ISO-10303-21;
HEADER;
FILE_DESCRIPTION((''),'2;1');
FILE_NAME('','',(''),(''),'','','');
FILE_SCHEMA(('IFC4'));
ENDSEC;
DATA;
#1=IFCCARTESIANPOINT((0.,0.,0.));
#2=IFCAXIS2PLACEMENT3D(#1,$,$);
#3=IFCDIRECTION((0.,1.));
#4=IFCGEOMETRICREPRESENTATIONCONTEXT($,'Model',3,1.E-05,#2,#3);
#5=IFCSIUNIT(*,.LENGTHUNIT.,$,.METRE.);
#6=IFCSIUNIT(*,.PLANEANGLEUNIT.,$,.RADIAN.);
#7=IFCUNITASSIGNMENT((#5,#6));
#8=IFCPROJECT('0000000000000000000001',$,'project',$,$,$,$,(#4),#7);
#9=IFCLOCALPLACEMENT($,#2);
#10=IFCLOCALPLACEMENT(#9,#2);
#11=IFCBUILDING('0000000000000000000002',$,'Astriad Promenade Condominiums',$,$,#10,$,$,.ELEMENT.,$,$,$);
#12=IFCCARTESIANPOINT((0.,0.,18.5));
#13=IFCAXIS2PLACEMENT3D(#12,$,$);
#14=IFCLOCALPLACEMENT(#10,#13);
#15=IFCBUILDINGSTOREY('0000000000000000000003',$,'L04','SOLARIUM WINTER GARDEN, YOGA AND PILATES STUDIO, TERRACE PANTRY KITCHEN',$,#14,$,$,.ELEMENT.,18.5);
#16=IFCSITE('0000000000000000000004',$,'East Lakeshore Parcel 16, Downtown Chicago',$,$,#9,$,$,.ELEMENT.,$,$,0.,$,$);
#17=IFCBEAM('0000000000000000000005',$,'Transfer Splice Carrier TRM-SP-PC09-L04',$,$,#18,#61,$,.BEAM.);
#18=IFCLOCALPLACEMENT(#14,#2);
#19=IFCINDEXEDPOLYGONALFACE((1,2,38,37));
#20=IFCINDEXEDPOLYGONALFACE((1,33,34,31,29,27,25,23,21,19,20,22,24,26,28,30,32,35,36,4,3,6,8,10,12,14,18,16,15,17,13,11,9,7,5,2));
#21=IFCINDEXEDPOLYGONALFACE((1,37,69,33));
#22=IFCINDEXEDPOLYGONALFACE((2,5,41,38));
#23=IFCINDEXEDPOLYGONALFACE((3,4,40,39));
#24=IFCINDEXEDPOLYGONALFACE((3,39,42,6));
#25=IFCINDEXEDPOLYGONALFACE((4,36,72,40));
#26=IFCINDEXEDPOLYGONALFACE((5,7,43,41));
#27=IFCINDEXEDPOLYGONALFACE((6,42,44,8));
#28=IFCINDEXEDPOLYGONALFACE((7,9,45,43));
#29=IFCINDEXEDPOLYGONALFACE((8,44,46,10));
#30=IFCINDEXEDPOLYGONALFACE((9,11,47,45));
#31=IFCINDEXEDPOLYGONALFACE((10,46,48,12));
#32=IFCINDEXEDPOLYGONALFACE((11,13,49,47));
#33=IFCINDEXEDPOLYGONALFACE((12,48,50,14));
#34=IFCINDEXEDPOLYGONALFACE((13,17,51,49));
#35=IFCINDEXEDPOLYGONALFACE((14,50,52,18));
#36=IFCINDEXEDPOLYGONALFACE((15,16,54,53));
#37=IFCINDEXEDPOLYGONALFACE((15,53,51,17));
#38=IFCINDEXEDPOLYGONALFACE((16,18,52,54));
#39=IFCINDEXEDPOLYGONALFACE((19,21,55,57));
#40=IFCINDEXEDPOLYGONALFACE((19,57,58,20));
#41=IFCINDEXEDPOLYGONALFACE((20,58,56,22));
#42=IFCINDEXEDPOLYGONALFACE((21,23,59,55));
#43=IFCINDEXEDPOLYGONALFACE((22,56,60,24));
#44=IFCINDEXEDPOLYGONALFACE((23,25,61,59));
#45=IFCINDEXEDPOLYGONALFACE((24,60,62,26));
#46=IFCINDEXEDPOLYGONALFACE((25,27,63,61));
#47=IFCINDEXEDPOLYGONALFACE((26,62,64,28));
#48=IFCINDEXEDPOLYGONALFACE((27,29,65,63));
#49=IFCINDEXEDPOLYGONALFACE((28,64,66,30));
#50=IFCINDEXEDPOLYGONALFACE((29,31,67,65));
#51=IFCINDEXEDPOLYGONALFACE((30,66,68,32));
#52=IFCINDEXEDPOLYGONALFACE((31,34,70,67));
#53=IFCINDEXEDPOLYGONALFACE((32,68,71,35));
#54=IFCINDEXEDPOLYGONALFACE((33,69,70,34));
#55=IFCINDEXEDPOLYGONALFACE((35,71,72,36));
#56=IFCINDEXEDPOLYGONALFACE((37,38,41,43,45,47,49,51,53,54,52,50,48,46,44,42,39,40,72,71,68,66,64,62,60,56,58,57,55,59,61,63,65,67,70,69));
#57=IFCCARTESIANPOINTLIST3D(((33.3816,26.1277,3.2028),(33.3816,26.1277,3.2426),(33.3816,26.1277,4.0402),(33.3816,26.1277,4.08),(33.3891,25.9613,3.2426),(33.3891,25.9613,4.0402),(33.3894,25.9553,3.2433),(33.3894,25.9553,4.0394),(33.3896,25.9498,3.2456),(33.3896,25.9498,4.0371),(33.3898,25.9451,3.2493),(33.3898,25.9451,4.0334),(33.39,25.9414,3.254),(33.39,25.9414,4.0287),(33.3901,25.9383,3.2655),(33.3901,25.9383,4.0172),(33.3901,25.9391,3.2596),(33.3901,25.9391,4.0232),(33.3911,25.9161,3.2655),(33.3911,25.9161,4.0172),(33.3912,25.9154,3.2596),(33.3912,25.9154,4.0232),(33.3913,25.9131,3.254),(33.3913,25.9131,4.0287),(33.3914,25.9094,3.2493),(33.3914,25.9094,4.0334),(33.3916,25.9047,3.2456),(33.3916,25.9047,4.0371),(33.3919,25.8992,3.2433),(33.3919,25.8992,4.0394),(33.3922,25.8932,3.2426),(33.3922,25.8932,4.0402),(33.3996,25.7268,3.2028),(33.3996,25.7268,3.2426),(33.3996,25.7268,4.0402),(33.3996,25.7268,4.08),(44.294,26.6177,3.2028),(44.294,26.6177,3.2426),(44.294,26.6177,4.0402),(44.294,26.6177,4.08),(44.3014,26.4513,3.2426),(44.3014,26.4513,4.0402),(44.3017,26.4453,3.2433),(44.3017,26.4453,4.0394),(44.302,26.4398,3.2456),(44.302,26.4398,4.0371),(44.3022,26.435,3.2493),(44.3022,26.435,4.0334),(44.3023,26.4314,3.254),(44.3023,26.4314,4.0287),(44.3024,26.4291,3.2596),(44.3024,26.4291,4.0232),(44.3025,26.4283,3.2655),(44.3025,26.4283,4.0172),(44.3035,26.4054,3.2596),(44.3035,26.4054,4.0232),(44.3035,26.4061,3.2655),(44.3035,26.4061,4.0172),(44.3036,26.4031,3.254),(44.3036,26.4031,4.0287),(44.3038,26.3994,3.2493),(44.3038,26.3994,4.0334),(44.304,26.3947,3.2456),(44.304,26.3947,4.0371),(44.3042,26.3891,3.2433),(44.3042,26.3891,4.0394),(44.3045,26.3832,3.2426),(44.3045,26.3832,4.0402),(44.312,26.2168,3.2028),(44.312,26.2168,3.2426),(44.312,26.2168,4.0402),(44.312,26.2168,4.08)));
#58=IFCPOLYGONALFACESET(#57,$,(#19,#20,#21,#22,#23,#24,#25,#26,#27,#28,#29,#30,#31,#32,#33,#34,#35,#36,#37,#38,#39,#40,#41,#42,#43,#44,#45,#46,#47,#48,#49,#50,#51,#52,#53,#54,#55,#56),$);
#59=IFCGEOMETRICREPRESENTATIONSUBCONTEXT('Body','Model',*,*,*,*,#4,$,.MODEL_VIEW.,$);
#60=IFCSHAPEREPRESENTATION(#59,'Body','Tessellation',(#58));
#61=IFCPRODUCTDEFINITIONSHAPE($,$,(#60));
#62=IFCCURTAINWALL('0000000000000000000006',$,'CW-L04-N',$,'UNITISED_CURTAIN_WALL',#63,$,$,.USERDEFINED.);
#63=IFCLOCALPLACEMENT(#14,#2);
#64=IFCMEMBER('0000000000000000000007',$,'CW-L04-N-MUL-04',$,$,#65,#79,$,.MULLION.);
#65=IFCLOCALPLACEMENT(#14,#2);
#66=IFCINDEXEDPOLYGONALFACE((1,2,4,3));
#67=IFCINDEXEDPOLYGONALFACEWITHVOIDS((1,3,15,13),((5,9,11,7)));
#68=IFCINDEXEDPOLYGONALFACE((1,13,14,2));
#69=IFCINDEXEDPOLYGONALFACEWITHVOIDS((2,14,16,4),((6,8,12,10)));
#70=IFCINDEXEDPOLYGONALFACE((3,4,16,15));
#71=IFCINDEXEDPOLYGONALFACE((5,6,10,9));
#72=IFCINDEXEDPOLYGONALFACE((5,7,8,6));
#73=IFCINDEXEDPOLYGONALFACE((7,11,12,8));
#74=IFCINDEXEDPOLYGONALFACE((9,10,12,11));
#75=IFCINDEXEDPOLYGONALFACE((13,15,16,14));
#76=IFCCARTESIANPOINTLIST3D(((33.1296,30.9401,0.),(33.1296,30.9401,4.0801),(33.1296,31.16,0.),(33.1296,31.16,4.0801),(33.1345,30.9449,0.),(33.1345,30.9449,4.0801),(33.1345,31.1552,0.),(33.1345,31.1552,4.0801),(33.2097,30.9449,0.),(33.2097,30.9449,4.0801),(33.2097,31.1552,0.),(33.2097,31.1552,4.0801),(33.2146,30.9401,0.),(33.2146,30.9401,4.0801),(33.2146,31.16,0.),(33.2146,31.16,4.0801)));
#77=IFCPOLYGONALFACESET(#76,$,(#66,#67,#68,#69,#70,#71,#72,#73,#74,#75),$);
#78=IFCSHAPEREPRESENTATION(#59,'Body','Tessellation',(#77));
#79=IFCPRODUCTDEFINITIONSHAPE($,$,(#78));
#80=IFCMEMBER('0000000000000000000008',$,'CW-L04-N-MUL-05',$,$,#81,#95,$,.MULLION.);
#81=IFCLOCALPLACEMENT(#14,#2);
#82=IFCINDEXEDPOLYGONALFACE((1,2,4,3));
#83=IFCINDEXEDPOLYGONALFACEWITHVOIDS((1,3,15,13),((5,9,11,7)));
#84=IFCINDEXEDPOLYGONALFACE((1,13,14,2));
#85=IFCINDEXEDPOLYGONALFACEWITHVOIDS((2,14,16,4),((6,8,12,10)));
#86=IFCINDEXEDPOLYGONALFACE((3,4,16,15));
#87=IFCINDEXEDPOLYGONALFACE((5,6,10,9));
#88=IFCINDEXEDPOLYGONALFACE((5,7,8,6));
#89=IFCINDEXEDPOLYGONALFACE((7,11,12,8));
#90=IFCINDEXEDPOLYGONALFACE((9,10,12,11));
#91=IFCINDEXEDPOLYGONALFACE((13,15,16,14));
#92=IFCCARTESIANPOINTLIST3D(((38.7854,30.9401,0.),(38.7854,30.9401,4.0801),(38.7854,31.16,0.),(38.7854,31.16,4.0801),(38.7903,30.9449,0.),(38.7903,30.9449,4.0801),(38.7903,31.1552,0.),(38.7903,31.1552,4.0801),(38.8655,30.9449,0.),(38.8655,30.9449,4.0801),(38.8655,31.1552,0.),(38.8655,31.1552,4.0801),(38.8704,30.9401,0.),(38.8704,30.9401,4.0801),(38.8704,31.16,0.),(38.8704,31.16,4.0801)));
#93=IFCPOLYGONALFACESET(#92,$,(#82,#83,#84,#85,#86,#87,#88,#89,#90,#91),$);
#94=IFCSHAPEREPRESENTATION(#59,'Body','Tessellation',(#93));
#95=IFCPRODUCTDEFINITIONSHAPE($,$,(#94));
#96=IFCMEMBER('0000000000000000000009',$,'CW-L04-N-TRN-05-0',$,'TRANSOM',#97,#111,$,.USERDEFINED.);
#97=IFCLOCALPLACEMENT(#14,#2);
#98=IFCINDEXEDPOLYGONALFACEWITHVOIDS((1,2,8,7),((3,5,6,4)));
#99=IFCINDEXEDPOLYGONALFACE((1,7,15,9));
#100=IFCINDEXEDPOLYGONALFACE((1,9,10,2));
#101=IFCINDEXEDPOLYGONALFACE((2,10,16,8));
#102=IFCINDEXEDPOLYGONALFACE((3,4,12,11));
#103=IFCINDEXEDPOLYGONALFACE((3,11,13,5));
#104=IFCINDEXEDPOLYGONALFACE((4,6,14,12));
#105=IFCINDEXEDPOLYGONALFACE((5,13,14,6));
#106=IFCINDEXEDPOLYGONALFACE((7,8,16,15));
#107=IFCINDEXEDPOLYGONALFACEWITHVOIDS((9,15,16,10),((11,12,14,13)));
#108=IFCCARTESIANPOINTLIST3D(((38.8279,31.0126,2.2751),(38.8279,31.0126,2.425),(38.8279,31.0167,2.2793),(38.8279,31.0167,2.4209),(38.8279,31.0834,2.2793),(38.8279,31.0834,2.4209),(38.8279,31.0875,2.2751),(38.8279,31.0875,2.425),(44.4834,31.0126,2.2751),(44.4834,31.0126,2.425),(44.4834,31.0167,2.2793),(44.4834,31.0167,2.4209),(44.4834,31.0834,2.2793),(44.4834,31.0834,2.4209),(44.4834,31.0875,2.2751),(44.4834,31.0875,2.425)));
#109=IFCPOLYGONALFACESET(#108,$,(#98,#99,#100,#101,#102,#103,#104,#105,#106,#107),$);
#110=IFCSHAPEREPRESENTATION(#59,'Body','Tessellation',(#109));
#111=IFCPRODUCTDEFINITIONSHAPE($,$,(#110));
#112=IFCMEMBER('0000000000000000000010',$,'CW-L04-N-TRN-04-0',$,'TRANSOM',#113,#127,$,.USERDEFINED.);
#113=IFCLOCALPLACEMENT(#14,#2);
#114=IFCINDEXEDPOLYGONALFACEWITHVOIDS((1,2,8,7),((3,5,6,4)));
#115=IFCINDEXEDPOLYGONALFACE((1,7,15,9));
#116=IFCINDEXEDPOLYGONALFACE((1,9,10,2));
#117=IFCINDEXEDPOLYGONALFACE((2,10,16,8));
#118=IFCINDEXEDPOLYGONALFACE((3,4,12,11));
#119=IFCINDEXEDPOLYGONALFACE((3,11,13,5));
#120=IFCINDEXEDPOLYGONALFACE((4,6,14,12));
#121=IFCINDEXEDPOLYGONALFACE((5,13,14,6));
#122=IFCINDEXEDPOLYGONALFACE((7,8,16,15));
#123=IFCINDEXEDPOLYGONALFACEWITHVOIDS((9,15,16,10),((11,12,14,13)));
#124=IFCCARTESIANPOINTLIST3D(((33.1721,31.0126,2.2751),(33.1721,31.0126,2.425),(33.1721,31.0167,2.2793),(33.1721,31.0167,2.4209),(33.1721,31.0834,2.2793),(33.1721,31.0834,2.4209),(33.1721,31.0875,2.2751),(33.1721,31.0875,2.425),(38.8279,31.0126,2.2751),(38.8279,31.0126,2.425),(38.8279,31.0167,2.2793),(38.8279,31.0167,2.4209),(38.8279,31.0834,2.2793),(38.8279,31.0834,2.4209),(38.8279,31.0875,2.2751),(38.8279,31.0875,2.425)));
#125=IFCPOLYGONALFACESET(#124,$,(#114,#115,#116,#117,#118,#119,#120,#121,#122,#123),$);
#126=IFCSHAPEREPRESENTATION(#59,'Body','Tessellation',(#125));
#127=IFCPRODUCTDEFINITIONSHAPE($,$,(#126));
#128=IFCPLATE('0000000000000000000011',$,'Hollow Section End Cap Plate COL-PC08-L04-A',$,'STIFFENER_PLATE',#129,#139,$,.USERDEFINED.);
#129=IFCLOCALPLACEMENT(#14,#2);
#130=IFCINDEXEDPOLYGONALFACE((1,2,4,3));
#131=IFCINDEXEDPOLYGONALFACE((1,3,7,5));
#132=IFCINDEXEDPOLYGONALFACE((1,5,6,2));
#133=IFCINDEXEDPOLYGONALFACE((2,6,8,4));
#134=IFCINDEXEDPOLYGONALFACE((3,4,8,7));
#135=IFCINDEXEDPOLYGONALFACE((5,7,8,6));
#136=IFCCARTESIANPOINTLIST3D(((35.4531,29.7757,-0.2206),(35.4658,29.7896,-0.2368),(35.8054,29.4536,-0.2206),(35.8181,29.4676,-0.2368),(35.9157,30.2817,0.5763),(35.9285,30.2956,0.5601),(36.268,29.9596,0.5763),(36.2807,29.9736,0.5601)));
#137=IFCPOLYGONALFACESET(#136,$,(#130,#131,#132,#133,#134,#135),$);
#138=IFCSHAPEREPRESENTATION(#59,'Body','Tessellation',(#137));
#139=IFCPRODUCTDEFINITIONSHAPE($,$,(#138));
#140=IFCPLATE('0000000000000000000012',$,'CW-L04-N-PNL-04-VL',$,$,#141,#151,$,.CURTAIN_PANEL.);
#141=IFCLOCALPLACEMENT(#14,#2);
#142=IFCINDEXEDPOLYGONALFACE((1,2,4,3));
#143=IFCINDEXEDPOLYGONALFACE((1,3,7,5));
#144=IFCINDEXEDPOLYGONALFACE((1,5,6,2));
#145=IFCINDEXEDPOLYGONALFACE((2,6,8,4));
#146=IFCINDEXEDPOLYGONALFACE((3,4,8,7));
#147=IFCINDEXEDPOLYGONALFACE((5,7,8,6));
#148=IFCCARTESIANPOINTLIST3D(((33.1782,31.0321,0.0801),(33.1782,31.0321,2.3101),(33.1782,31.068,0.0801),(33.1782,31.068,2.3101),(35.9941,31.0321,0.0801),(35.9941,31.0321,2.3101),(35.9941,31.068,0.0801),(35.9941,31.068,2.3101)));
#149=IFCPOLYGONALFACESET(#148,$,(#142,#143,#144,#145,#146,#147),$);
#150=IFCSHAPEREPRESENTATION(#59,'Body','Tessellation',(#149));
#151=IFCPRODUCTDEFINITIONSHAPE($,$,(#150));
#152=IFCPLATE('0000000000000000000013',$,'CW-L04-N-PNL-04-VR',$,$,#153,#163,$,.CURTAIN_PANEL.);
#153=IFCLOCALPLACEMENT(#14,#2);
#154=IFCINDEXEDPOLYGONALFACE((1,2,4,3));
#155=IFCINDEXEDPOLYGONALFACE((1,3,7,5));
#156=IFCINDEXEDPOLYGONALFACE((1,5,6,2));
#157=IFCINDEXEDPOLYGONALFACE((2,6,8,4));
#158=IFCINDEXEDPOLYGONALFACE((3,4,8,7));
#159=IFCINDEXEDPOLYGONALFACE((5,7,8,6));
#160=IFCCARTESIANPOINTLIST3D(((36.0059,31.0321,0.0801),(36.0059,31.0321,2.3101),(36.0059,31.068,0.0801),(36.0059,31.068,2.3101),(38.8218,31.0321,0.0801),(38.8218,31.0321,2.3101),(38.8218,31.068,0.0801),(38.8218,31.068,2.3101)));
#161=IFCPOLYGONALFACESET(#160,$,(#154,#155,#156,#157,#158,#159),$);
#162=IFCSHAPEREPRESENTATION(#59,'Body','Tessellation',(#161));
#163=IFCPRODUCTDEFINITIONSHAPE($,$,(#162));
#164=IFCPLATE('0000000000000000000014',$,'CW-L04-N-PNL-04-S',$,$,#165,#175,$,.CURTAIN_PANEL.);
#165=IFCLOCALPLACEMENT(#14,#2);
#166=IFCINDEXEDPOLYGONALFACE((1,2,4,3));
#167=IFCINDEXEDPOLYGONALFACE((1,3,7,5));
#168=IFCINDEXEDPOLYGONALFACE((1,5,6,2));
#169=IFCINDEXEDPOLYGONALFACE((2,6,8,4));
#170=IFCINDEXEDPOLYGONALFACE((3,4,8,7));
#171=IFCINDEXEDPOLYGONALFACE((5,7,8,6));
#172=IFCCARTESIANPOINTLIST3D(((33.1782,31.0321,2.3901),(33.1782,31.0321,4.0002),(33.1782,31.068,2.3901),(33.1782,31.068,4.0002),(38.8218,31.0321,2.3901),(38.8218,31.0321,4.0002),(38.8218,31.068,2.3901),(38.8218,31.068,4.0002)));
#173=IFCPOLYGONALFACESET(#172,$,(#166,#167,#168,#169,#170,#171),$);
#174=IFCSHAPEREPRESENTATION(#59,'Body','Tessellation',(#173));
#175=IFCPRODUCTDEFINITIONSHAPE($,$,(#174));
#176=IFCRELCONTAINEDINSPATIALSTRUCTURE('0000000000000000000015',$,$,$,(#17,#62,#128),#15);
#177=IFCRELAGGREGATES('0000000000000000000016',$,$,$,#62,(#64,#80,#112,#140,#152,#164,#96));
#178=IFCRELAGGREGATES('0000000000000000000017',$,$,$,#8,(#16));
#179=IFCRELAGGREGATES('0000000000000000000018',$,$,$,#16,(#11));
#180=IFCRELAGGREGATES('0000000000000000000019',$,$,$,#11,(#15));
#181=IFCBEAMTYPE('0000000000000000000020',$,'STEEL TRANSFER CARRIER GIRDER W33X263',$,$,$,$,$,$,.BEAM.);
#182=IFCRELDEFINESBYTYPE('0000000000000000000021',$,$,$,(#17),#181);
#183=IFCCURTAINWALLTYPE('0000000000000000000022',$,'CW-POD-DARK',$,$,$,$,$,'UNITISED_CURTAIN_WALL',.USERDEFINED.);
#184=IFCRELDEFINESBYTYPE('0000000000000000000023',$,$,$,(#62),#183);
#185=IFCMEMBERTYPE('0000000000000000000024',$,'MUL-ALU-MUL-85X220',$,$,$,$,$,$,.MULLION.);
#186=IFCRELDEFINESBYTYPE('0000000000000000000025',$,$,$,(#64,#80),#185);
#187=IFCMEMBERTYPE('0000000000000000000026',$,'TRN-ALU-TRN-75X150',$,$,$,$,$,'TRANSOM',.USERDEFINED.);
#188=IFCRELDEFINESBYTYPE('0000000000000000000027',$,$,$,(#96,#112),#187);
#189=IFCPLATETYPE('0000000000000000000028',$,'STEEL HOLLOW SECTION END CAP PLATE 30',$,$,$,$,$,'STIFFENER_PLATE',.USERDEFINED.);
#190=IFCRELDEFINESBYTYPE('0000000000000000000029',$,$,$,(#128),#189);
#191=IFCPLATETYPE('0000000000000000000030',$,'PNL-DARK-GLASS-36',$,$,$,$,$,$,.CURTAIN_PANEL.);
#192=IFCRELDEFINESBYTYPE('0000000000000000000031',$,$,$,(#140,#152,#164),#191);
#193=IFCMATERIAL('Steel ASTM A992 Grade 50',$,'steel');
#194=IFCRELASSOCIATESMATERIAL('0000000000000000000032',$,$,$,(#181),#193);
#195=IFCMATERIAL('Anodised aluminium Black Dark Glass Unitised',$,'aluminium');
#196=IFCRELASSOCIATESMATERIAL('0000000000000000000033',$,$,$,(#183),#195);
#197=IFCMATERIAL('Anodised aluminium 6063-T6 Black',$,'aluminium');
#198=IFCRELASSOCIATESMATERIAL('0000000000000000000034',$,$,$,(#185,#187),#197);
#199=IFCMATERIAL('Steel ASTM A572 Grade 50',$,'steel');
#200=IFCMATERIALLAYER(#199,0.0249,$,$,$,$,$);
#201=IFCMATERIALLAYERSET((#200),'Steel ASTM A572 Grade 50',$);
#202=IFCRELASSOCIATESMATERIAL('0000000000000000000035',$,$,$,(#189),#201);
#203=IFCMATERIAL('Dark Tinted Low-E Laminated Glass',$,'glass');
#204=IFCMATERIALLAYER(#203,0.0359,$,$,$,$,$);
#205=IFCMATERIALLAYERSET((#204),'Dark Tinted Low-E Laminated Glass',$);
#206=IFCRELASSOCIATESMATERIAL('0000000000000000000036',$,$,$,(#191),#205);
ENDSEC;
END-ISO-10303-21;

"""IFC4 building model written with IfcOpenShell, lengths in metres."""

from ifc_helpers import new_model, si_unit, direction, frame, origin, origin_2d, place, context, subcontext, project, spatial, rectangle, hollow_rectangle, i_section, extrude, source, transform, mapped, material, layer, layer_set, material_profile, profile_set, type_object, type_shapes, element, aggregate, save


model = new_model("IFC4")

# Units and contexts
model_context = context("Model", 3, precision=1e-05, world=origin(), true_north=direction((0.0, 1.0)))
body_context = subcontext(model_context, "Body", "Model", "MODEL_VIEW")
ifc_project = project(units=[si_unit("LENGTHUNIT", "METRE"), si_unit("PLANEANGLEUNIT", "RADIAN")], contexts=[model_context])

# Site, building, storey
site_placement = place(None, origin())
site = spatial("IfcSite", under=ifc_project, at=site_placement, Name="East Lakeshore Parcel 16, Downtown Chicago", CompositionType="ELEMENT", RefElevation=0.0)
building_placement = place(site_placement, origin())
building = spatial("IfcBuilding", under=site, at=building_placement, Name="Astriad Promenade Condominiums", CompositionType="ELEMENT")
storey_placement = place(building_placement, frame((0.0, 0.0, 18.5)))
storey = spatial("IfcBuildingStorey", under=building, at=storey_placement, Name="L04", Description="SOLARIUM WINTER GARDEN, YOGA AND PILATES STUDIO, TERRACE PANTRY KITCHEN", CompositionType="ELEMENT", Elevation=18.5)

# Shared definitions
ifc_material_1 = material(Name="Steel ASTM A992 Grade 50", Category="steel")

# Beam
ifc_material_profile_1 = material_profile(ifc_material_1, i_section(OverallWidth=0.4014, OverallDepth=0.8772, WebThickness=0.0222, FlangeThickness=0.0398, FilletRadius=0.0229, at=origin_2d()), Name="W33X263")
ifc_profile_set_1 = profile_set([ifc_material_profile_1], Name="Steel ASTM A992 Grade 50")
beam_type_1 = type_object("IfcBeamType", Name="STEEL TRANSFER CARRIER GIRDER W33X263", PredefinedType="BEAM", material=ifc_profile_set_1)
shared_shape_1 = source(origin(), body_context, "Body", "SweptSolid", [
    extrude(i_section(OverallWidth=0.4014, OverallDepth=0.8772, WebThickness=0.0222, FlangeThickness=0.0398, FilletRadius=0.0229, at=origin_2d()), origin(), (0.0, 0.0, 1.0), 10.9233),
])
type_shapes(beam_type_1, [shared_shape_1])
beam_1_placement = place(storey_placement, frame((33.3906, 25.9272, 3.6414), z_axis=(0.998993, 0.044857, 0.0), x_axis=(-0.044857, 0.998993, 0.0)))
element("IfcBeam", 1, at=beam_1_placement, inside=storey, type_object=beam_type_1, Name="Transfer Splice Carrier TRM-SP-PC09-L04", PredefinedType="BEAM", context=body_context, shape_type="MappedRepresentation", body=[
    mapped(shared_shape_1, transform((0.0, 0.0, 0.0), scale=1.0)),
])

# Curtain wall, members
ifc_material_2 = material(Name="Anodised aluminium Black Dark Glass Unitised", Category="aluminium")
curtain_wall_type = type_object("IfcCurtainWallType", Name="CW-POD-DARK", ElementType="UNITISED_CURTAIN_WALL", PredefinedType="USERDEFINED", material=ifc_material_2)
curtain_wall_placement = place(storey_placement, origin())
curtain_wall = element("IfcCurtainWall", 2, at=curtain_wall_placement, inside=storey, type_object=curtain_wall_type, Name="CW-L04-N", ObjectType="UNITISED_CURTAIN_WALL", PredefinedType="USERDEFINED")
ifc_material_3 = material(Name="Anodised aluminium 6063-T6 Black", Category="aluminium")
ifc_material_profile_2 = material_profile(ifc_material_3, hollow_rectangle(XDim=0.085, YDim=0.22, WallThickness=0.0049, at=origin_2d()), Name="ALU-MUL-85X220")
ifc_profile_set_2 = profile_set([ifc_material_profile_2], Name="Anodised aluminium 6063-T6 Black")
member_type_1 = type_object("IfcMemberType", Name="MUL-ALU-MUL-85X220", PredefinedType="MULLION", material=ifc_profile_set_2)
shared_shape_2 = source(origin(), body_context, "Body", "SweptSolid", [
    extrude(hollow_rectangle(XDim=0.085, YDim=0.22, WallThickness=0.0049, at=origin_2d()), origin(), (0.0, 0.0, 1.0), 4.0801),
])
type_shapes(member_type_1, [shared_shape_2])
member_1_placement = place(storey_placement, frame((33.1721, 31.05, 0.0), z_axis=(0.0, 0.0, 1.0), x_axis=(1.0, 0.0, 0.0)))
member_1 = element("IfcMember", 3, at=member_1_placement, type_object=member_type_1, Name="CW-L04-N-MUL-04", PredefinedType="MULLION", context=body_context, shape_type="MappedRepresentation", body=[
    mapped(shared_shape_2, transform((0.0, 0.0, 0.0), scale=1.0)),
])
member_2_placement = place(storey_placement, frame((38.8279, 31.05, 0.0), z_axis=(0.0, 0.0, 1.0), x_axis=(1.0, 0.0, 0.0)))
member_2 = element("IfcMember", 4, at=member_2_placement, type_object=member_type_1, Name="CW-L04-N-MUL-05", PredefinedType="MULLION", context=body_context, shape_type="MappedRepresentation", body=[
    mapped(shared_shape_2, transform((0.0, 0.0, 0.0), scale=1.0)),
])
ifc_material_profile_3 = material_profile(ifc_material_3, hollow_rectangle(XDim=0.075, YDim=0.1499, WallThickness=0.0042, at=origin_2d()), Name="ALU-TRN-75X150")
ifc_profile_set_3 = profile_set([ifc_material_profile_3], Name="Anodised aluminium 6063-T6 Black")
member_type_2 = type_object("IfcMemberType", Name="TRN-ALU-TRN-75X150", ElementType="TRANSOM", PredefinedType="USERDEFINED", material=ifc_profile_set_3)
shared_shape_3 = source(origin(), body_context, "Body", "SweptSolid", [
    extrude(hollow_rectangle(XDim=0.075, YDim=0.1499, WallThickness=0.0042, at=origin_2d()), origin(), (0.0, 0.0, 1.0), 5.6555),
])
member_3_placement = place(storey_placement, frame((38.8279, 31.05, 2.3501), z_axis=(1.0, 0.0, 0.0), x_axis=(0.0, 1.0, 0.0)))
member_3 = element("IfcMember", 5, at=member_3_placement, type_object=member_type_2, Name="CW-L04-N-TRN-05-0", ObjectType="TRANSOM", PredefinedType="USERDEFINED", context=body_context, shape_type="MappedRepresentation", body=[
    mapped(shared_shape_3, transform((0.0, 0.0, 0.0), scale=1.0)),
])
shared_shape_4 = source(origin(), body_context, "Body", "SweptSolid", [
    extrude(hollow_rectangle(XDim=0.075, YDim=0.1499, WallThickness=0.0042, at=origin_2d()), origin(), (0.0, 0.0, 1.0), 5.6558),
])
type_shapes(member_type_2, [shared_shape_3, shared_shape_4])
member_4_placement = place(storey_placement, frame((33.1721, 31.05, 2.3501), z_axis=(1.0, 0.0, 0.0), x_axis=(0.0, 1.0, 0.0)))
member_4 = element("IfcMember", 6, at=member_4_placement, type_object=member_type_2, Name="CW-L04-N-TRN-04-0", ObjectType="TRANSOM", PredefinedType="USERDEFINED", context=body_context, shape_type="MappedRepresentation", body=[
    mapped(shared_shape_4, transform((0.0, 0.0, 0.0), scale=1.0)),
])

# Plates
ifc_material_4 = material(Name="Steel ASTM A572 Grade 50", Category="steel")
ifc_layer_1 = layer(ifc_material_4, 0.0249)
ifc_layer_set_1 = layer_set([ifc_layer_1], Name="Steel ASTM A572 Grade 50")
plate_type_1 = type_object("IfcPlateType", Name="STEEL HOLLOW SECTION END CAP PLATE 30", ElementType="STIFFENER_PLATE", PredefinedType="USERDEFINED", material=ifc_layer_set_1)
shared_shape_5 = source(origin(), body_context, "Body", "SweptSolid", [
    extrude(rectangle(XDim=0.4773, YDim=1.0513, at=origin_2d()), origin(), (0.0, 0.0, 1.0), 0.0249),
])
type_shapes(plate_type_1, [shared_shape_5])
plate_1_placement = place(storey_placement, frame((35.8733, 29.8816, 0.1616), z_axis=(-0.511527, -0.559472, 0.652174), x_axis=(0.738022, -0.674776, 0.0)))
element("IfcPlate", 7, at=plate_1_placement, inside=storey, type_object=plate_type_1, Name="Hollow Section End Cap Plate COL-PC08-L04-A", ObjectType="STIFFENER_PLATE", PredefinedType="USERDEFINED", context=body_context, shape_type="MappedRepresentation", body=[
    mapped(shared_shape_5, transform((0.0, 0.0, 0.0), scale=1.0)),
])
ifc_material_5 = material(Name="Dark Tinted Low-E Laminated Glass", Category="glass")
ifc_layer_2 = layer(ifc_material_5, 0.0359)
ifc_layer_set_2 = layer_set([ifc_layer_2], Name="Dark Tinted Low-E Laminated Glass")
plate_type_2 = type_object("IfcPlateType", Name="PNL-DARK-GLASS-36", PredefinedType="CURTAIN_PANEL", material=ifc_layer_set_2)
shared_shape_6 = source(origin(), body_context, "Body", "SweptSolid", [
    extrude(rectangle(XDim=2.8159, YDim=0.0359, at=origin_2d()), origin(), (0.0, 0.0, 1.0), 2.23),
])
plate_2_placement = place(storey_placement, frame((34.5862, 31.05, 0.0801), z_axis=(0.0, 0.0, 1.0), x_axis=(1.0, 0.0, 0.0)))
plate_2 = element("IfcPlate", 8, at=plate_2_placement, type_object=plate_type_2, Name="CW-L04-N-PNL-04-VL", PredefinedType="CURTAIN_PANEL", context=body_context, shape_type="MappedRepresentation", body=[
    mapped(shared_shape_6, transform((0.0, 0.0, 0.0), scale=1.0)),
])
plate_3_placement = place(storey_placement, frame((37.4138, 31.05, 0.0801), z_axis=(0.0, 0.0, 1.0), x_axis=(1.0, 0.0, 0.0)))
plate_3 = element("IfcPlate", 9, at=plate_3_placement, type_object=plate_type_2, Name="CW-L04-N-PNL-04-VR", PredefinedType="CURTAIN_PANEL", context=body_context, shape_type="MappedRepresentation", body=[
    mapped(shared_shape_6, transform((0.0, 0.0, 0.0), scale=1.0)),
])
shared_shape_7 = source(origin(), body_context, "Body", "SweptSolid", [
    extrude(rectangle(XDim=5.6436, YDim=0.0359, at=origin_2d()), origin(), (0.0, 0.0, 1.0), 1.6101),
])
type_shapes(plate_type_2, [shared_shape_6, shared_shape_7])
plate_4_placement = place(storey_placement, frame((36.0, 31.05, 2.3901), z_axis=(0.0, 0.0, 1.0), x_axis=(1.0, 0.0, 0.0)))
plate_4 = element("IfcPlate", 10, at=plate_4_placement, type_object=plate_type_2, Name="CW-L04-N-PNL-04-S", PredefinedType="CURTAIN_PANEL", context=body_context, shape_type="MappedRepresentation", body=[
    mapped(shared_shape_7, transform((0.0, 0.0, 0.0), scale=1.0)),
])
aggregate(curtain_wall, [member_1, member_2, member_4, plate_2, plate_3, plate_4, member_3])

save(model, "model.ifc")
